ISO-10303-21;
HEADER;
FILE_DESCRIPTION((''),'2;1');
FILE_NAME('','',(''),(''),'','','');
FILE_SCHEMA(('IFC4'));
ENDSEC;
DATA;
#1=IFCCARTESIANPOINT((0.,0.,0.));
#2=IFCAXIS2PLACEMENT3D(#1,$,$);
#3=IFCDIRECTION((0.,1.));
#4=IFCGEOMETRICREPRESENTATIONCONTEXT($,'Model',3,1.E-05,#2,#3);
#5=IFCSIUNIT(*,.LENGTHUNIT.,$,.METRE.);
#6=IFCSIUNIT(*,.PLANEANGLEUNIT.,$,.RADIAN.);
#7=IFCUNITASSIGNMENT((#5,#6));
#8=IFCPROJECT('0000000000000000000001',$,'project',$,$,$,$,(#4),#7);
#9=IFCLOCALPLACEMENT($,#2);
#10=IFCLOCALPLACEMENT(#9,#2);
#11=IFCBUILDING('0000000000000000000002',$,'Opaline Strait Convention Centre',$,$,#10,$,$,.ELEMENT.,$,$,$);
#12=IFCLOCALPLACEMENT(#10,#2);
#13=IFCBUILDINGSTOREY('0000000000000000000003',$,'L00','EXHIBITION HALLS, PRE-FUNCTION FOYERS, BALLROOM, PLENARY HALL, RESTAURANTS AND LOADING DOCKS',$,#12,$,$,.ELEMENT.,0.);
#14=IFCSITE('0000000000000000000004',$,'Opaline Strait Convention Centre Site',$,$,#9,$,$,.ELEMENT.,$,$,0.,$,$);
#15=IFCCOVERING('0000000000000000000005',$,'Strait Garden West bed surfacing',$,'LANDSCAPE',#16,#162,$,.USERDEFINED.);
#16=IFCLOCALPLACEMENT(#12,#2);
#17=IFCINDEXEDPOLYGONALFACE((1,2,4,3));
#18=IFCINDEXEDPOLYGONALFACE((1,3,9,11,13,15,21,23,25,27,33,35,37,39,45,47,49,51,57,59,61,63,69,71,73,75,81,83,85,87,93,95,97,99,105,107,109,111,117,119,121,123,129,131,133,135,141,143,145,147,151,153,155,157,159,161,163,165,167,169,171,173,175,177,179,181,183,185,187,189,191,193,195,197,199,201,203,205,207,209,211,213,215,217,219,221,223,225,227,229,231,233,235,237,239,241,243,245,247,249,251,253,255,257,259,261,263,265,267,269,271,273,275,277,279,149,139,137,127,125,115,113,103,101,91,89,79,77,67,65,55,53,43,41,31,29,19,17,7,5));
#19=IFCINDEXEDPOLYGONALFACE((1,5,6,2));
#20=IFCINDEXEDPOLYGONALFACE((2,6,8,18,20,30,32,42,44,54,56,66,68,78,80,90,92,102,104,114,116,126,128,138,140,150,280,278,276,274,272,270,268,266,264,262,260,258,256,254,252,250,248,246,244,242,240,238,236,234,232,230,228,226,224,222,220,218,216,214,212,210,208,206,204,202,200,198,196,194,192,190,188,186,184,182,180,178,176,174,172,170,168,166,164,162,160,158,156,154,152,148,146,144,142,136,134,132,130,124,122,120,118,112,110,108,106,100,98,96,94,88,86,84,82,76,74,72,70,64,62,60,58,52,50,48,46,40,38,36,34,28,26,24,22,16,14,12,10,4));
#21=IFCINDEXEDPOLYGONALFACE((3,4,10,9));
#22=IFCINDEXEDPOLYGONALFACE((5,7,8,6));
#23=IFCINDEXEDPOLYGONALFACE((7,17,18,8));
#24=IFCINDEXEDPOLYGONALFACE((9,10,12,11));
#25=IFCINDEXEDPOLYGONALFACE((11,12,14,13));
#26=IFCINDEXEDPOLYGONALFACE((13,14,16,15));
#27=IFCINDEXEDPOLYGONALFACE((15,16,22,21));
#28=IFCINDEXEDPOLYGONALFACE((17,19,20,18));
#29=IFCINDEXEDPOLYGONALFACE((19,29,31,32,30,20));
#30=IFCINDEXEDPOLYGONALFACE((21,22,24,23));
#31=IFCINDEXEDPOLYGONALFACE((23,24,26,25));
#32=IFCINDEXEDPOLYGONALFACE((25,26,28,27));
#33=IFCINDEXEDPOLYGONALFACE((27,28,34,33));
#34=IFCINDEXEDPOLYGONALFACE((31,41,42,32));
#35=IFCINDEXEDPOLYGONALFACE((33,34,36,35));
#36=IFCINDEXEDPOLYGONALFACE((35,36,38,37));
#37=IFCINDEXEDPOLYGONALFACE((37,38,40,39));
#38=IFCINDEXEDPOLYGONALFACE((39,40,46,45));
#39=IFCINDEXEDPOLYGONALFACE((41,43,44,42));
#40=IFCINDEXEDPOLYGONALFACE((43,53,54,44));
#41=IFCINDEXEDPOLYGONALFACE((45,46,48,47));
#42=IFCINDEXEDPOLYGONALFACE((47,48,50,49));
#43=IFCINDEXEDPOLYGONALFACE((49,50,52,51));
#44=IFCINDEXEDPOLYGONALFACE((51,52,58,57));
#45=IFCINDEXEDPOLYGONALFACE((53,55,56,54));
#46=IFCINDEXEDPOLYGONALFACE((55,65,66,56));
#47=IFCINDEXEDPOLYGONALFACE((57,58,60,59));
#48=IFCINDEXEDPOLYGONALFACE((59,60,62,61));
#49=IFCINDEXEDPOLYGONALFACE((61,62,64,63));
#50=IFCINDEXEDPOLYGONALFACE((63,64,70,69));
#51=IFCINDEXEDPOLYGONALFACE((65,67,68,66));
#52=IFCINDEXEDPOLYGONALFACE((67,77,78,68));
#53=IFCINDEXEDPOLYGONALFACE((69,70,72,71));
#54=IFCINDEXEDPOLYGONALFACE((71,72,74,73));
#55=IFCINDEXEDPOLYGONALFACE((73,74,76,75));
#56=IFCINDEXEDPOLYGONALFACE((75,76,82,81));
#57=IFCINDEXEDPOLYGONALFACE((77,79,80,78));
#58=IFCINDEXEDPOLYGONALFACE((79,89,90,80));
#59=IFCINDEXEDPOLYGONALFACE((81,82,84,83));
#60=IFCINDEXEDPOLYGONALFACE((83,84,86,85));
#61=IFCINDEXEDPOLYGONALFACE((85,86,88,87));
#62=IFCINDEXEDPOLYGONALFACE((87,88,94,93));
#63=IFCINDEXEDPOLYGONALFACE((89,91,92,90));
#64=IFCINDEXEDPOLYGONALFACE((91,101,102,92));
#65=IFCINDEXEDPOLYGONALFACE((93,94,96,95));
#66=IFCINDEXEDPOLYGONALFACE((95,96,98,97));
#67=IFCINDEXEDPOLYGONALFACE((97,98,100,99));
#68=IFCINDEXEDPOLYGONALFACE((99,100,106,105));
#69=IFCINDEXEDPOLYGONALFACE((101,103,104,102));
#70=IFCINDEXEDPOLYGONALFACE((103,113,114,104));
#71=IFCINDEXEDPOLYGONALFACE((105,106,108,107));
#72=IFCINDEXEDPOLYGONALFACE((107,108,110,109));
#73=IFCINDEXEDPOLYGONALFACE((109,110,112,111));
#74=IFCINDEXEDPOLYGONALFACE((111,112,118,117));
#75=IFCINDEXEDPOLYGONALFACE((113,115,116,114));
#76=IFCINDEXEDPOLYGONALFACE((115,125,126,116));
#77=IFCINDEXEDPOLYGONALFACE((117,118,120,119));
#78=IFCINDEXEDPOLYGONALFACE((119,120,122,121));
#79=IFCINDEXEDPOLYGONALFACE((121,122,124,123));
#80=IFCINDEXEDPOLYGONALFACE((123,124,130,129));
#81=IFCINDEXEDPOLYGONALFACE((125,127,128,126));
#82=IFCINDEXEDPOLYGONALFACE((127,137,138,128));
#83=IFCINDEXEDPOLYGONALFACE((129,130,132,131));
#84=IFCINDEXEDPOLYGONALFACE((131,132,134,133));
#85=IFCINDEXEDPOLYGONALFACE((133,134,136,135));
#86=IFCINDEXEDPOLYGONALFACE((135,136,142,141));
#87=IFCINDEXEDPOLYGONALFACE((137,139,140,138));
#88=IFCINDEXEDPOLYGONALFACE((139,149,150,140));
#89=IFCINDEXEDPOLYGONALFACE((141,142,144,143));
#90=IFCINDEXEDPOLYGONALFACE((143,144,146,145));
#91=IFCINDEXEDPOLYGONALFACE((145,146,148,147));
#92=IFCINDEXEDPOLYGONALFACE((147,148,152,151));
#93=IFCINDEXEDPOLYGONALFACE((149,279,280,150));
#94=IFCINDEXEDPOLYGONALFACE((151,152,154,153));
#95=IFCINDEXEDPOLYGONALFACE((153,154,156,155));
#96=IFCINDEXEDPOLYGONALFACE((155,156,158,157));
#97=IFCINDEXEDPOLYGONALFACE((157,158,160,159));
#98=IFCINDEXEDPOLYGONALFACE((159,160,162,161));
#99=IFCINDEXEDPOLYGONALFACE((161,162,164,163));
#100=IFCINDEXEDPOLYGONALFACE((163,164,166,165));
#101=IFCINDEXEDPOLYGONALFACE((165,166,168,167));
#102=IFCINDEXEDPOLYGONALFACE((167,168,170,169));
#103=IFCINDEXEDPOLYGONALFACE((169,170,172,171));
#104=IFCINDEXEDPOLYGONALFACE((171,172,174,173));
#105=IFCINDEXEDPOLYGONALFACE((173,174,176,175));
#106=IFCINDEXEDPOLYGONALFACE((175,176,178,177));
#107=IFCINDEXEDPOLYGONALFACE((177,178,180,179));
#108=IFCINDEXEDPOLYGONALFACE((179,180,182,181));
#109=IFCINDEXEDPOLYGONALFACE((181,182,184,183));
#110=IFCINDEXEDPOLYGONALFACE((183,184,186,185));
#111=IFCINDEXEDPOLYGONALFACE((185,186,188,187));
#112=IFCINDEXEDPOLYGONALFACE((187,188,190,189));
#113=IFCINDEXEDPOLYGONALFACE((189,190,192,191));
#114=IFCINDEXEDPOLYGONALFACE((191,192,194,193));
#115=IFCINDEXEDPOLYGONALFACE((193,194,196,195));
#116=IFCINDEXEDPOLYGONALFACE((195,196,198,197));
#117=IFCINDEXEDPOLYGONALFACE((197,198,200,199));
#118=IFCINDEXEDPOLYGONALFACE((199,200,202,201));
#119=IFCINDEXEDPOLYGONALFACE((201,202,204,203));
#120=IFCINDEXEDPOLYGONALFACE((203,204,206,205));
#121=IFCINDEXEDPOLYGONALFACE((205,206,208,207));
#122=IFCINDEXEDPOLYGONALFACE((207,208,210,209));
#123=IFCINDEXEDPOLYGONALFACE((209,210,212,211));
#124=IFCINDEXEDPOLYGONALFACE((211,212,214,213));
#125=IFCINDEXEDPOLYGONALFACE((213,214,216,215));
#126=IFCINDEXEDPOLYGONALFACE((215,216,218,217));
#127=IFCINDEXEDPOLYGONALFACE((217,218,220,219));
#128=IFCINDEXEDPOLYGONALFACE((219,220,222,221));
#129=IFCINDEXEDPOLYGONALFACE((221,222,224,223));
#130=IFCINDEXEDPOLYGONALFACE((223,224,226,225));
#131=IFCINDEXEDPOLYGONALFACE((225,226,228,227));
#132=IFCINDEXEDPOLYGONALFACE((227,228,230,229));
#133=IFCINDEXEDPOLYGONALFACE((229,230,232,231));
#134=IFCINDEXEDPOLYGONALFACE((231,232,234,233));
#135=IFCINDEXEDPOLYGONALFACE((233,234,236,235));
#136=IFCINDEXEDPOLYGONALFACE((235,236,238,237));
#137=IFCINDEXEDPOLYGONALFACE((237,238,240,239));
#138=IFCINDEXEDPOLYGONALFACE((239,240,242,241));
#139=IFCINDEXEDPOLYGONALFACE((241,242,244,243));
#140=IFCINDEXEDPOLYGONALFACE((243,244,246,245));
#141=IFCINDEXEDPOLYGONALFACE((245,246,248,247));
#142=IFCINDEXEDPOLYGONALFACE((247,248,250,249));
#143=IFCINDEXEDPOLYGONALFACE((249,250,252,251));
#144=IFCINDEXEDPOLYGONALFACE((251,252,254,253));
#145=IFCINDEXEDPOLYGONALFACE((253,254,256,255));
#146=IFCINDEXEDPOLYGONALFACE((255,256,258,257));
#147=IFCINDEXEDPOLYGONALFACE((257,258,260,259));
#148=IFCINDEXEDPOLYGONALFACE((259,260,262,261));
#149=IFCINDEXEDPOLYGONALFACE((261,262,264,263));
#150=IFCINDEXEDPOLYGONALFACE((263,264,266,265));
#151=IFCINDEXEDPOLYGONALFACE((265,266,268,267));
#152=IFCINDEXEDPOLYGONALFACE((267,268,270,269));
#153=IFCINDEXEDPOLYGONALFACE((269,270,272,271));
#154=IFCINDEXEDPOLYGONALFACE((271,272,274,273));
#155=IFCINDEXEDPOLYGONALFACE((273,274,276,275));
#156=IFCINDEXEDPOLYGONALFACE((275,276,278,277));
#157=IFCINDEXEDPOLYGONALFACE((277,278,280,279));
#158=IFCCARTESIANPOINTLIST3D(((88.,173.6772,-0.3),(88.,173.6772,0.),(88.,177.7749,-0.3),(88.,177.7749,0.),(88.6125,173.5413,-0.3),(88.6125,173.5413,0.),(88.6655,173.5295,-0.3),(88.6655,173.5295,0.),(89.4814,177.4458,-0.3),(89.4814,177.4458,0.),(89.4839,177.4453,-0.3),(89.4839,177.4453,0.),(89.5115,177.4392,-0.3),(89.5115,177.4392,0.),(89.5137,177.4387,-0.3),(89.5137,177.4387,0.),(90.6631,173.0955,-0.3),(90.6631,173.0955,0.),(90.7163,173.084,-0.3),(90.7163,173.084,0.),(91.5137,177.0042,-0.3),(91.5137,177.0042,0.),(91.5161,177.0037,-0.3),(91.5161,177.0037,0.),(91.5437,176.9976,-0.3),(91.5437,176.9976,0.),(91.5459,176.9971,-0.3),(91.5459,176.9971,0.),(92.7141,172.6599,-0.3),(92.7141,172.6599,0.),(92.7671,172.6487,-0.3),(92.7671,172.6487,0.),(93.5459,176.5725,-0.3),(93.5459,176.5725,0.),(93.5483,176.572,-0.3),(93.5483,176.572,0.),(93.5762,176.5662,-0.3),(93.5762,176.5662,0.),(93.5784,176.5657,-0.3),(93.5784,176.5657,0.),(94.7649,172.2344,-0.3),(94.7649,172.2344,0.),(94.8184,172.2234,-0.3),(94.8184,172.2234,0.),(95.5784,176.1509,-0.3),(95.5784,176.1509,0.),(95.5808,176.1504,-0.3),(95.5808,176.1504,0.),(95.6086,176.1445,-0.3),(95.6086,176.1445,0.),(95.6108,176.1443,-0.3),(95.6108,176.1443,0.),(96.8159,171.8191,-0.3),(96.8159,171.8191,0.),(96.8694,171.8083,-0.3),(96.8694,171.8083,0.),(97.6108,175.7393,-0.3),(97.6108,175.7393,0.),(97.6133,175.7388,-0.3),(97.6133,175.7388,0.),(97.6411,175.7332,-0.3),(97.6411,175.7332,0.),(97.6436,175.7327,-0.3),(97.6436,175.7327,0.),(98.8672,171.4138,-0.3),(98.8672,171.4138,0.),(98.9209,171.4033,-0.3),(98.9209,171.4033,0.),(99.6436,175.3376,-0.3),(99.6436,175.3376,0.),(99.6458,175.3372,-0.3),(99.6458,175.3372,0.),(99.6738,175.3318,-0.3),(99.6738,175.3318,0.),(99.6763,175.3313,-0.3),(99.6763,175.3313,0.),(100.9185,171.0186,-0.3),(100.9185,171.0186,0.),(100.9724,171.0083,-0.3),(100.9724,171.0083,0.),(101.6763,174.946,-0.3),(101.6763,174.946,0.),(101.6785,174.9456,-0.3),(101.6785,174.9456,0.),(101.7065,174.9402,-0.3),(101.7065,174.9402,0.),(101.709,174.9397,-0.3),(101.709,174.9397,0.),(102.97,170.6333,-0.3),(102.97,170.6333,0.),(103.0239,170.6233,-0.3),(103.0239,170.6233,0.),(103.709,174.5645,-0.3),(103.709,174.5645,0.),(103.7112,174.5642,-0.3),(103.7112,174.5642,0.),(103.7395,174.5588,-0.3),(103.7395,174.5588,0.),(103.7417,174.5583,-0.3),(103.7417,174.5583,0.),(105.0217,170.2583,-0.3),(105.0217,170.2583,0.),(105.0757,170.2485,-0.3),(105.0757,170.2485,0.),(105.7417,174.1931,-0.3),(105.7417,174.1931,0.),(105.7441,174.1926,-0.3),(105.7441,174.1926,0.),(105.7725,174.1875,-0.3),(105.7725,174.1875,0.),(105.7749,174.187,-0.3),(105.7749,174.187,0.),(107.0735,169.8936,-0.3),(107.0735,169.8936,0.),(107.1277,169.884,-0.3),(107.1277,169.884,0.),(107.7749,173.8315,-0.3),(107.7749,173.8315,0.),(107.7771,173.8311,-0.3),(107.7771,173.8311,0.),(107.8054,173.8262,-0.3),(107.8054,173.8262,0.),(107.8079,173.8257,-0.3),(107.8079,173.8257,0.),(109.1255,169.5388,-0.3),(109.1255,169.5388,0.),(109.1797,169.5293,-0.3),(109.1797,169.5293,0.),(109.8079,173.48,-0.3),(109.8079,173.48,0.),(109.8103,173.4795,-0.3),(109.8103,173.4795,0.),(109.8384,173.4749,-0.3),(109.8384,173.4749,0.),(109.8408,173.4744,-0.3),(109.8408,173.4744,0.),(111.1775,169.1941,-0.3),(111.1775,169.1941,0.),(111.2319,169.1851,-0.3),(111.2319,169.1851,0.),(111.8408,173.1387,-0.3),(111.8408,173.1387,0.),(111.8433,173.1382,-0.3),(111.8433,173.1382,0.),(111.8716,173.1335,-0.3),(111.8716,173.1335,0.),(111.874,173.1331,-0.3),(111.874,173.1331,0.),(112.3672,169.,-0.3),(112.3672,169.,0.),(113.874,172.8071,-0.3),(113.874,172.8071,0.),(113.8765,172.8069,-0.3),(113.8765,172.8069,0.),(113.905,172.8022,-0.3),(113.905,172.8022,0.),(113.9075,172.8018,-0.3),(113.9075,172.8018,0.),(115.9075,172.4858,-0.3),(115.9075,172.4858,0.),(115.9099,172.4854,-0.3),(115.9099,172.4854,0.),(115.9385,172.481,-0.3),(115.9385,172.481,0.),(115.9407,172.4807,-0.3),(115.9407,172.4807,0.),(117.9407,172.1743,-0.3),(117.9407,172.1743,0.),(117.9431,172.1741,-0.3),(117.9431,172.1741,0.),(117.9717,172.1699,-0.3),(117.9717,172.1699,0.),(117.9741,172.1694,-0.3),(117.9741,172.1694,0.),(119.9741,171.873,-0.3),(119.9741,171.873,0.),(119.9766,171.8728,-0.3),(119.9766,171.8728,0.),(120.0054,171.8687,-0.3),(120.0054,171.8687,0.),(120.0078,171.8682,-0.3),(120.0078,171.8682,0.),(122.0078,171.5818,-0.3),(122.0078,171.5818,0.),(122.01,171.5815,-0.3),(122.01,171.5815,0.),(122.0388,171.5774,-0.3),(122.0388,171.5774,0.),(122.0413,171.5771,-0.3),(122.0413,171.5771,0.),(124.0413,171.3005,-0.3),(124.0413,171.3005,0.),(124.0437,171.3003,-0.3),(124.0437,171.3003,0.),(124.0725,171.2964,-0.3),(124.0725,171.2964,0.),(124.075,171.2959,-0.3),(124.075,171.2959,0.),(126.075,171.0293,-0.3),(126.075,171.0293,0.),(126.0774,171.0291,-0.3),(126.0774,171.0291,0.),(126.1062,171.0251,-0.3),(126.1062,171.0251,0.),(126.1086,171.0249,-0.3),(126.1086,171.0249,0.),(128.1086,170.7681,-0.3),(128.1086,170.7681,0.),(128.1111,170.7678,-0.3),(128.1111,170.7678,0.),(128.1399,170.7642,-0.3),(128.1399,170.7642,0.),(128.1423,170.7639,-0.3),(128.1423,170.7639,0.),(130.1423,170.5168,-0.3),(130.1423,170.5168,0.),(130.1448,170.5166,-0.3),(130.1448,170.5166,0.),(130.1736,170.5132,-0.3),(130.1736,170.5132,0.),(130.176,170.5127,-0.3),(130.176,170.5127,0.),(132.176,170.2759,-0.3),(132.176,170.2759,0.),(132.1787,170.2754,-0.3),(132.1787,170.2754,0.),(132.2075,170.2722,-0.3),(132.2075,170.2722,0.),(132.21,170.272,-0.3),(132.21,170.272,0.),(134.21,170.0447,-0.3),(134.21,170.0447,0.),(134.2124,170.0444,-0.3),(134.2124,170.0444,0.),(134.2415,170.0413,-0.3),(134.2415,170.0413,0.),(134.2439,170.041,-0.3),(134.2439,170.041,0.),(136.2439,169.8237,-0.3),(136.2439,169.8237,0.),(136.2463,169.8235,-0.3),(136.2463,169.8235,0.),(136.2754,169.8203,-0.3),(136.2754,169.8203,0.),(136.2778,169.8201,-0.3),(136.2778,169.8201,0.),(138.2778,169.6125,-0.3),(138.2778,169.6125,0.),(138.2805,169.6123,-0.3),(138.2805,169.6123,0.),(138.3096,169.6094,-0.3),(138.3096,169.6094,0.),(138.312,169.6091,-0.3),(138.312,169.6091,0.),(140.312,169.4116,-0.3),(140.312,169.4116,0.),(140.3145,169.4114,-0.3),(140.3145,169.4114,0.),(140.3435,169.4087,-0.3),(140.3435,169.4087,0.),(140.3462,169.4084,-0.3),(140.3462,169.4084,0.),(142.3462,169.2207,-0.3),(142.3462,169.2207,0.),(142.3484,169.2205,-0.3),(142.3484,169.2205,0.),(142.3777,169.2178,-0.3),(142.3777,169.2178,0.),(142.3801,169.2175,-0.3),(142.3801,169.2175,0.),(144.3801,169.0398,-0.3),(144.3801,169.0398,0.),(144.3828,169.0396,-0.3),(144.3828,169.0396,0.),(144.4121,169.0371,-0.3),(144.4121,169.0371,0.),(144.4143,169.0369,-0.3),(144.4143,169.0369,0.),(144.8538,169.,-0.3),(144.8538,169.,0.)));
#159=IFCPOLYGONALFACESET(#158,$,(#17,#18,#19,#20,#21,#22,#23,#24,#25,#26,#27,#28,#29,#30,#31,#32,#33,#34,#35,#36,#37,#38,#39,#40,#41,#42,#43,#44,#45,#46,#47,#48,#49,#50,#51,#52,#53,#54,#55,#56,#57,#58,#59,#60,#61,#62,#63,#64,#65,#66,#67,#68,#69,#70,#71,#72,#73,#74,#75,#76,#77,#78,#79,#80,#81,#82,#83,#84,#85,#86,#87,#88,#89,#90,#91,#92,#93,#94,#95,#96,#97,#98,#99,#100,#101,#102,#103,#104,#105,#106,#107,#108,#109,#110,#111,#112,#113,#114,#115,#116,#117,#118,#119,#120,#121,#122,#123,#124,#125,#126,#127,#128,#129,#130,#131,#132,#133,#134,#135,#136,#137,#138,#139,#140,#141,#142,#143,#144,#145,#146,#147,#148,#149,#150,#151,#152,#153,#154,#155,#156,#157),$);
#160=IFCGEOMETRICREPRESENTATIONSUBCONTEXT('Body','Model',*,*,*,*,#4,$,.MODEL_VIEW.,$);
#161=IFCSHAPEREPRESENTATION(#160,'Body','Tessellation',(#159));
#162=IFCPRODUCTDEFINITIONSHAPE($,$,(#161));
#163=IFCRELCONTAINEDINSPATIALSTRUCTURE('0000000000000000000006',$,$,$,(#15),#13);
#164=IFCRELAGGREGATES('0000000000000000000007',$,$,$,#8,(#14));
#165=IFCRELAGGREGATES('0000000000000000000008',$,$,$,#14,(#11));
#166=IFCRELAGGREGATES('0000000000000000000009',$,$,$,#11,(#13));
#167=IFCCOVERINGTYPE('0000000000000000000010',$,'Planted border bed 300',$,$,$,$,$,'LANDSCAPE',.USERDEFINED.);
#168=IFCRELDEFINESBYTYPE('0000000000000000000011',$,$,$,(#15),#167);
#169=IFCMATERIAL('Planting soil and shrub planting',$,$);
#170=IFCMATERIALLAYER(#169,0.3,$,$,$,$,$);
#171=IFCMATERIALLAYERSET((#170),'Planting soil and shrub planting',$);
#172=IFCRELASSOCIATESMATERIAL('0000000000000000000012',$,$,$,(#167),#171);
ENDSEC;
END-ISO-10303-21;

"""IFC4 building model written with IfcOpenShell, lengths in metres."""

from ifc_helpers import new_model, si_unit, direction, frame, origin, place, context, subcontext, project, spatial, polyline, outline, extrude, material, layer, layer_set, type_object, element, save


model = new_model("IFC4")

# Units and contexts
model_context = context("Model", 3, precision=1e-05, world=origin(), true_north=direction((0.0, 1.0)))
body_context = subcontext(model_context, "Body", "Model", "MODEL_VIEW")
ifc_project = project(units=[si_unit("LENGTHUNIT", "METRE"), si_unit("PLANEANGLEUNIT", "RADIAN")], contexts=[model_context])

# Site, building, storey
site_placement = place(None, origin())
site = spatial("IfcSite", under=ifc_project, at=site_placement, Name="Opaline Strait Convention Centre Site", CompositionType="ELEMENT", RefElevation=0.0)
building_placement = place(site_placement, origin())
building = spatial("IfcBuilding", under=site, at=building_placement, Name="Opaline Strait Convention Centre", CompositionType="ELEMENT")
storey_placement = place(building_placement, origin())
storey = spatial("IfcBuildingStorey", under=building, at=storey_placement, Name="L00", Description="EXHIBITION HALLS, PRE-FUNCTION FOYERS, BALLROOM, PLENARY HALL, RESTAURANTS AND LOADING DOCKS", CompositionType="ELEMENT", Elevation=0.0)

# Covering
ifc_material_1 = material(Name="Planting soil and shrub planting")
ifc_layer_1 = layer(ifc_material_1, 0.3)
ifc_layer_set_1 = layer_set([ifc_layer_1], Name="Planting soil and shrub planting")
covering_type_1 = type_object("IfcCoveringType", Name="Planted border bed 300", ElementType="LANDSCAPE", PredefinedType="USERDEFINED", material=ifc_layer_set_1)
covering_1_placement = place(storey_placement, frame((0.0, 0.0, -0.3)))
element("IfcCovering", 1, at=covering_1_placement, inside=storey, type_object=covering_type_1, Name="Strait Garden West bed surfacing", ObjectType="LANDSCAPE", PredefinedType="USERDEFINED", context=body_context, shape_type="SweptSolid", body=[
    extrude(outline(polyline([(89.5115, 177.4392), (89.4839, 177.4453), (89.4814, 177.4458), (88.0, 177.7749), (88.0, 173.6772), (88.6125, 173.5413), (88.6655, 173.5295), (90.6631, 173.0955), (90.7163, 173.084), (92.7141, 172.6599), (92.7671, 172.6487), (94.7649, 172.2344), (94.8184, 172.2234), (96.8159, 171.8191), (96.8694, 171.8083), (98.8672, 171.4138), (98.9209, 171.4033), (100.9185, 171.0186), (100.9724, 171.0083), (102.97, 170.6333), (103.0239, 170.6233), (105.0217, 170.2583), (105.0757, 170.2485), (107.0735, 169.8936), (107.1277, 169.884), (109.1255, 169.5388), (109.1797, 169.5293), (111.1775, 169.1941), (111.2319, 169.1851), (112.3672, 169.0), (144.8538, 169.0), (144.4143, 169.0369), (144.4121, 169.0371), (144.3828, 169.0396), (144.3801, 169.0398), (142.3801, 169.2175), (142.3777, 169.2178), (142.3484, 169.2205), (142.3462, 169.2207), (140.3462, 169.4084), (140.3435, 169.4087), (140.3145, 169.4114), (140.312, 169.4116), (138.312, 169.6091), (138.3096, 169.6094), (138.2805, 169.6123), (138.2778, 169.6125), (136.2778, 169.8201), (136.2754, 169.8203), (136.2463, 169.8235), (136.2439, 169.8237), (134.2439, 170.041), (134.2415, 170.0413), (134.2124, 170.0444), (134.21, 170.0447), (132.21, 170.272), (132.2075, 170.2722), (132.1787, 170.2754), (132.176, 170.2759), (130.176, 170.5127), (130.1736, 170.5132), (130.1448, 170.5166), (130.1423, 170.5168), (128.1423, 170.7639), (128.1399, 170.7642), (128.1111, 170.7678), (128.1086, 170.7681), (126.1086, 171.0249), (126.1062, 171.0251), (126.0774, 171.0291), (126.075, 171.0293), (124.075, 171.2959), (124.0725, 171.2964), (124.0437, 171.3003), (124.0413, 171.3005), (122.0413, 171.5771), (122.0388, 171.5774), (122.01, 171.5815), (122.0078, 171.5818), (120.0078, 171.8682), (120.0054, 171.8687), (119.9766, 171.8728), (119.9741, 171.873), (117.9741, 172.1694), (117.9717, 172.1699), (117.9431, 172.1741), (117.9407, 172.1743), (115.9407, 172.4807), (115.9385, 172.481), (115.9099, 172.4854), (115.9075, 172.4858), (113.9075, 172.8018), (113.905, 172.8022), (113.8765, 172.8069), (113.874, 172.8071), (111.874, 173.1331), (111.8716, 173.1335), (111.8433, 173.1382), (111.8408, 173.1387), (109.8408, 173.4744), (109.8384, 173.4749), (109.8103, 173.4795), (109.8079, 173.48), (107.8079, 173.8257), (107.8054, 173.8262), (107.7771, 173.8311), (107.7749, 173.8315), (105.7749, 174.187), (105.7725, 174.1875), (105.7441, 174.1926), (105.7417, 174.1931), (103.7417, 174.5583), (103.7395, 174.5588), (103.7112, 174.5642), (103.709, 174.5645), (101.709, 174.9397), (101.7065, 174.9402), (101.6785, 174.9456), (101.6763, 174.946), (99.6763, 175.3313), (99.6738, 175.3318), (99.6458, 175.3372), (99.6436, 175.3376), (97.6436, 175.7327), (97.6411, 175.7332), (97.6133, 175.7388), (97.6108, 175.7393), (95.6108, 176.1443), (95.6086, 176.1445), (95.5808, 176.1504), (95.5784, 176.1509), (93.5784, 176.5657), (93.5762, 176.5662), (93.5483, 176.572), (93.5459, 176.5725), (91.5459, 176.9971), (91.5437, 176.9976), (91.5161, 177.0037), (91.5137, 177.0042), (89.5137, 177.4387), (89.5115, 177.4392)])), origin(), (0.0, 0.0, 1.0), 0.3),
])

save(model, "model.ifc")
